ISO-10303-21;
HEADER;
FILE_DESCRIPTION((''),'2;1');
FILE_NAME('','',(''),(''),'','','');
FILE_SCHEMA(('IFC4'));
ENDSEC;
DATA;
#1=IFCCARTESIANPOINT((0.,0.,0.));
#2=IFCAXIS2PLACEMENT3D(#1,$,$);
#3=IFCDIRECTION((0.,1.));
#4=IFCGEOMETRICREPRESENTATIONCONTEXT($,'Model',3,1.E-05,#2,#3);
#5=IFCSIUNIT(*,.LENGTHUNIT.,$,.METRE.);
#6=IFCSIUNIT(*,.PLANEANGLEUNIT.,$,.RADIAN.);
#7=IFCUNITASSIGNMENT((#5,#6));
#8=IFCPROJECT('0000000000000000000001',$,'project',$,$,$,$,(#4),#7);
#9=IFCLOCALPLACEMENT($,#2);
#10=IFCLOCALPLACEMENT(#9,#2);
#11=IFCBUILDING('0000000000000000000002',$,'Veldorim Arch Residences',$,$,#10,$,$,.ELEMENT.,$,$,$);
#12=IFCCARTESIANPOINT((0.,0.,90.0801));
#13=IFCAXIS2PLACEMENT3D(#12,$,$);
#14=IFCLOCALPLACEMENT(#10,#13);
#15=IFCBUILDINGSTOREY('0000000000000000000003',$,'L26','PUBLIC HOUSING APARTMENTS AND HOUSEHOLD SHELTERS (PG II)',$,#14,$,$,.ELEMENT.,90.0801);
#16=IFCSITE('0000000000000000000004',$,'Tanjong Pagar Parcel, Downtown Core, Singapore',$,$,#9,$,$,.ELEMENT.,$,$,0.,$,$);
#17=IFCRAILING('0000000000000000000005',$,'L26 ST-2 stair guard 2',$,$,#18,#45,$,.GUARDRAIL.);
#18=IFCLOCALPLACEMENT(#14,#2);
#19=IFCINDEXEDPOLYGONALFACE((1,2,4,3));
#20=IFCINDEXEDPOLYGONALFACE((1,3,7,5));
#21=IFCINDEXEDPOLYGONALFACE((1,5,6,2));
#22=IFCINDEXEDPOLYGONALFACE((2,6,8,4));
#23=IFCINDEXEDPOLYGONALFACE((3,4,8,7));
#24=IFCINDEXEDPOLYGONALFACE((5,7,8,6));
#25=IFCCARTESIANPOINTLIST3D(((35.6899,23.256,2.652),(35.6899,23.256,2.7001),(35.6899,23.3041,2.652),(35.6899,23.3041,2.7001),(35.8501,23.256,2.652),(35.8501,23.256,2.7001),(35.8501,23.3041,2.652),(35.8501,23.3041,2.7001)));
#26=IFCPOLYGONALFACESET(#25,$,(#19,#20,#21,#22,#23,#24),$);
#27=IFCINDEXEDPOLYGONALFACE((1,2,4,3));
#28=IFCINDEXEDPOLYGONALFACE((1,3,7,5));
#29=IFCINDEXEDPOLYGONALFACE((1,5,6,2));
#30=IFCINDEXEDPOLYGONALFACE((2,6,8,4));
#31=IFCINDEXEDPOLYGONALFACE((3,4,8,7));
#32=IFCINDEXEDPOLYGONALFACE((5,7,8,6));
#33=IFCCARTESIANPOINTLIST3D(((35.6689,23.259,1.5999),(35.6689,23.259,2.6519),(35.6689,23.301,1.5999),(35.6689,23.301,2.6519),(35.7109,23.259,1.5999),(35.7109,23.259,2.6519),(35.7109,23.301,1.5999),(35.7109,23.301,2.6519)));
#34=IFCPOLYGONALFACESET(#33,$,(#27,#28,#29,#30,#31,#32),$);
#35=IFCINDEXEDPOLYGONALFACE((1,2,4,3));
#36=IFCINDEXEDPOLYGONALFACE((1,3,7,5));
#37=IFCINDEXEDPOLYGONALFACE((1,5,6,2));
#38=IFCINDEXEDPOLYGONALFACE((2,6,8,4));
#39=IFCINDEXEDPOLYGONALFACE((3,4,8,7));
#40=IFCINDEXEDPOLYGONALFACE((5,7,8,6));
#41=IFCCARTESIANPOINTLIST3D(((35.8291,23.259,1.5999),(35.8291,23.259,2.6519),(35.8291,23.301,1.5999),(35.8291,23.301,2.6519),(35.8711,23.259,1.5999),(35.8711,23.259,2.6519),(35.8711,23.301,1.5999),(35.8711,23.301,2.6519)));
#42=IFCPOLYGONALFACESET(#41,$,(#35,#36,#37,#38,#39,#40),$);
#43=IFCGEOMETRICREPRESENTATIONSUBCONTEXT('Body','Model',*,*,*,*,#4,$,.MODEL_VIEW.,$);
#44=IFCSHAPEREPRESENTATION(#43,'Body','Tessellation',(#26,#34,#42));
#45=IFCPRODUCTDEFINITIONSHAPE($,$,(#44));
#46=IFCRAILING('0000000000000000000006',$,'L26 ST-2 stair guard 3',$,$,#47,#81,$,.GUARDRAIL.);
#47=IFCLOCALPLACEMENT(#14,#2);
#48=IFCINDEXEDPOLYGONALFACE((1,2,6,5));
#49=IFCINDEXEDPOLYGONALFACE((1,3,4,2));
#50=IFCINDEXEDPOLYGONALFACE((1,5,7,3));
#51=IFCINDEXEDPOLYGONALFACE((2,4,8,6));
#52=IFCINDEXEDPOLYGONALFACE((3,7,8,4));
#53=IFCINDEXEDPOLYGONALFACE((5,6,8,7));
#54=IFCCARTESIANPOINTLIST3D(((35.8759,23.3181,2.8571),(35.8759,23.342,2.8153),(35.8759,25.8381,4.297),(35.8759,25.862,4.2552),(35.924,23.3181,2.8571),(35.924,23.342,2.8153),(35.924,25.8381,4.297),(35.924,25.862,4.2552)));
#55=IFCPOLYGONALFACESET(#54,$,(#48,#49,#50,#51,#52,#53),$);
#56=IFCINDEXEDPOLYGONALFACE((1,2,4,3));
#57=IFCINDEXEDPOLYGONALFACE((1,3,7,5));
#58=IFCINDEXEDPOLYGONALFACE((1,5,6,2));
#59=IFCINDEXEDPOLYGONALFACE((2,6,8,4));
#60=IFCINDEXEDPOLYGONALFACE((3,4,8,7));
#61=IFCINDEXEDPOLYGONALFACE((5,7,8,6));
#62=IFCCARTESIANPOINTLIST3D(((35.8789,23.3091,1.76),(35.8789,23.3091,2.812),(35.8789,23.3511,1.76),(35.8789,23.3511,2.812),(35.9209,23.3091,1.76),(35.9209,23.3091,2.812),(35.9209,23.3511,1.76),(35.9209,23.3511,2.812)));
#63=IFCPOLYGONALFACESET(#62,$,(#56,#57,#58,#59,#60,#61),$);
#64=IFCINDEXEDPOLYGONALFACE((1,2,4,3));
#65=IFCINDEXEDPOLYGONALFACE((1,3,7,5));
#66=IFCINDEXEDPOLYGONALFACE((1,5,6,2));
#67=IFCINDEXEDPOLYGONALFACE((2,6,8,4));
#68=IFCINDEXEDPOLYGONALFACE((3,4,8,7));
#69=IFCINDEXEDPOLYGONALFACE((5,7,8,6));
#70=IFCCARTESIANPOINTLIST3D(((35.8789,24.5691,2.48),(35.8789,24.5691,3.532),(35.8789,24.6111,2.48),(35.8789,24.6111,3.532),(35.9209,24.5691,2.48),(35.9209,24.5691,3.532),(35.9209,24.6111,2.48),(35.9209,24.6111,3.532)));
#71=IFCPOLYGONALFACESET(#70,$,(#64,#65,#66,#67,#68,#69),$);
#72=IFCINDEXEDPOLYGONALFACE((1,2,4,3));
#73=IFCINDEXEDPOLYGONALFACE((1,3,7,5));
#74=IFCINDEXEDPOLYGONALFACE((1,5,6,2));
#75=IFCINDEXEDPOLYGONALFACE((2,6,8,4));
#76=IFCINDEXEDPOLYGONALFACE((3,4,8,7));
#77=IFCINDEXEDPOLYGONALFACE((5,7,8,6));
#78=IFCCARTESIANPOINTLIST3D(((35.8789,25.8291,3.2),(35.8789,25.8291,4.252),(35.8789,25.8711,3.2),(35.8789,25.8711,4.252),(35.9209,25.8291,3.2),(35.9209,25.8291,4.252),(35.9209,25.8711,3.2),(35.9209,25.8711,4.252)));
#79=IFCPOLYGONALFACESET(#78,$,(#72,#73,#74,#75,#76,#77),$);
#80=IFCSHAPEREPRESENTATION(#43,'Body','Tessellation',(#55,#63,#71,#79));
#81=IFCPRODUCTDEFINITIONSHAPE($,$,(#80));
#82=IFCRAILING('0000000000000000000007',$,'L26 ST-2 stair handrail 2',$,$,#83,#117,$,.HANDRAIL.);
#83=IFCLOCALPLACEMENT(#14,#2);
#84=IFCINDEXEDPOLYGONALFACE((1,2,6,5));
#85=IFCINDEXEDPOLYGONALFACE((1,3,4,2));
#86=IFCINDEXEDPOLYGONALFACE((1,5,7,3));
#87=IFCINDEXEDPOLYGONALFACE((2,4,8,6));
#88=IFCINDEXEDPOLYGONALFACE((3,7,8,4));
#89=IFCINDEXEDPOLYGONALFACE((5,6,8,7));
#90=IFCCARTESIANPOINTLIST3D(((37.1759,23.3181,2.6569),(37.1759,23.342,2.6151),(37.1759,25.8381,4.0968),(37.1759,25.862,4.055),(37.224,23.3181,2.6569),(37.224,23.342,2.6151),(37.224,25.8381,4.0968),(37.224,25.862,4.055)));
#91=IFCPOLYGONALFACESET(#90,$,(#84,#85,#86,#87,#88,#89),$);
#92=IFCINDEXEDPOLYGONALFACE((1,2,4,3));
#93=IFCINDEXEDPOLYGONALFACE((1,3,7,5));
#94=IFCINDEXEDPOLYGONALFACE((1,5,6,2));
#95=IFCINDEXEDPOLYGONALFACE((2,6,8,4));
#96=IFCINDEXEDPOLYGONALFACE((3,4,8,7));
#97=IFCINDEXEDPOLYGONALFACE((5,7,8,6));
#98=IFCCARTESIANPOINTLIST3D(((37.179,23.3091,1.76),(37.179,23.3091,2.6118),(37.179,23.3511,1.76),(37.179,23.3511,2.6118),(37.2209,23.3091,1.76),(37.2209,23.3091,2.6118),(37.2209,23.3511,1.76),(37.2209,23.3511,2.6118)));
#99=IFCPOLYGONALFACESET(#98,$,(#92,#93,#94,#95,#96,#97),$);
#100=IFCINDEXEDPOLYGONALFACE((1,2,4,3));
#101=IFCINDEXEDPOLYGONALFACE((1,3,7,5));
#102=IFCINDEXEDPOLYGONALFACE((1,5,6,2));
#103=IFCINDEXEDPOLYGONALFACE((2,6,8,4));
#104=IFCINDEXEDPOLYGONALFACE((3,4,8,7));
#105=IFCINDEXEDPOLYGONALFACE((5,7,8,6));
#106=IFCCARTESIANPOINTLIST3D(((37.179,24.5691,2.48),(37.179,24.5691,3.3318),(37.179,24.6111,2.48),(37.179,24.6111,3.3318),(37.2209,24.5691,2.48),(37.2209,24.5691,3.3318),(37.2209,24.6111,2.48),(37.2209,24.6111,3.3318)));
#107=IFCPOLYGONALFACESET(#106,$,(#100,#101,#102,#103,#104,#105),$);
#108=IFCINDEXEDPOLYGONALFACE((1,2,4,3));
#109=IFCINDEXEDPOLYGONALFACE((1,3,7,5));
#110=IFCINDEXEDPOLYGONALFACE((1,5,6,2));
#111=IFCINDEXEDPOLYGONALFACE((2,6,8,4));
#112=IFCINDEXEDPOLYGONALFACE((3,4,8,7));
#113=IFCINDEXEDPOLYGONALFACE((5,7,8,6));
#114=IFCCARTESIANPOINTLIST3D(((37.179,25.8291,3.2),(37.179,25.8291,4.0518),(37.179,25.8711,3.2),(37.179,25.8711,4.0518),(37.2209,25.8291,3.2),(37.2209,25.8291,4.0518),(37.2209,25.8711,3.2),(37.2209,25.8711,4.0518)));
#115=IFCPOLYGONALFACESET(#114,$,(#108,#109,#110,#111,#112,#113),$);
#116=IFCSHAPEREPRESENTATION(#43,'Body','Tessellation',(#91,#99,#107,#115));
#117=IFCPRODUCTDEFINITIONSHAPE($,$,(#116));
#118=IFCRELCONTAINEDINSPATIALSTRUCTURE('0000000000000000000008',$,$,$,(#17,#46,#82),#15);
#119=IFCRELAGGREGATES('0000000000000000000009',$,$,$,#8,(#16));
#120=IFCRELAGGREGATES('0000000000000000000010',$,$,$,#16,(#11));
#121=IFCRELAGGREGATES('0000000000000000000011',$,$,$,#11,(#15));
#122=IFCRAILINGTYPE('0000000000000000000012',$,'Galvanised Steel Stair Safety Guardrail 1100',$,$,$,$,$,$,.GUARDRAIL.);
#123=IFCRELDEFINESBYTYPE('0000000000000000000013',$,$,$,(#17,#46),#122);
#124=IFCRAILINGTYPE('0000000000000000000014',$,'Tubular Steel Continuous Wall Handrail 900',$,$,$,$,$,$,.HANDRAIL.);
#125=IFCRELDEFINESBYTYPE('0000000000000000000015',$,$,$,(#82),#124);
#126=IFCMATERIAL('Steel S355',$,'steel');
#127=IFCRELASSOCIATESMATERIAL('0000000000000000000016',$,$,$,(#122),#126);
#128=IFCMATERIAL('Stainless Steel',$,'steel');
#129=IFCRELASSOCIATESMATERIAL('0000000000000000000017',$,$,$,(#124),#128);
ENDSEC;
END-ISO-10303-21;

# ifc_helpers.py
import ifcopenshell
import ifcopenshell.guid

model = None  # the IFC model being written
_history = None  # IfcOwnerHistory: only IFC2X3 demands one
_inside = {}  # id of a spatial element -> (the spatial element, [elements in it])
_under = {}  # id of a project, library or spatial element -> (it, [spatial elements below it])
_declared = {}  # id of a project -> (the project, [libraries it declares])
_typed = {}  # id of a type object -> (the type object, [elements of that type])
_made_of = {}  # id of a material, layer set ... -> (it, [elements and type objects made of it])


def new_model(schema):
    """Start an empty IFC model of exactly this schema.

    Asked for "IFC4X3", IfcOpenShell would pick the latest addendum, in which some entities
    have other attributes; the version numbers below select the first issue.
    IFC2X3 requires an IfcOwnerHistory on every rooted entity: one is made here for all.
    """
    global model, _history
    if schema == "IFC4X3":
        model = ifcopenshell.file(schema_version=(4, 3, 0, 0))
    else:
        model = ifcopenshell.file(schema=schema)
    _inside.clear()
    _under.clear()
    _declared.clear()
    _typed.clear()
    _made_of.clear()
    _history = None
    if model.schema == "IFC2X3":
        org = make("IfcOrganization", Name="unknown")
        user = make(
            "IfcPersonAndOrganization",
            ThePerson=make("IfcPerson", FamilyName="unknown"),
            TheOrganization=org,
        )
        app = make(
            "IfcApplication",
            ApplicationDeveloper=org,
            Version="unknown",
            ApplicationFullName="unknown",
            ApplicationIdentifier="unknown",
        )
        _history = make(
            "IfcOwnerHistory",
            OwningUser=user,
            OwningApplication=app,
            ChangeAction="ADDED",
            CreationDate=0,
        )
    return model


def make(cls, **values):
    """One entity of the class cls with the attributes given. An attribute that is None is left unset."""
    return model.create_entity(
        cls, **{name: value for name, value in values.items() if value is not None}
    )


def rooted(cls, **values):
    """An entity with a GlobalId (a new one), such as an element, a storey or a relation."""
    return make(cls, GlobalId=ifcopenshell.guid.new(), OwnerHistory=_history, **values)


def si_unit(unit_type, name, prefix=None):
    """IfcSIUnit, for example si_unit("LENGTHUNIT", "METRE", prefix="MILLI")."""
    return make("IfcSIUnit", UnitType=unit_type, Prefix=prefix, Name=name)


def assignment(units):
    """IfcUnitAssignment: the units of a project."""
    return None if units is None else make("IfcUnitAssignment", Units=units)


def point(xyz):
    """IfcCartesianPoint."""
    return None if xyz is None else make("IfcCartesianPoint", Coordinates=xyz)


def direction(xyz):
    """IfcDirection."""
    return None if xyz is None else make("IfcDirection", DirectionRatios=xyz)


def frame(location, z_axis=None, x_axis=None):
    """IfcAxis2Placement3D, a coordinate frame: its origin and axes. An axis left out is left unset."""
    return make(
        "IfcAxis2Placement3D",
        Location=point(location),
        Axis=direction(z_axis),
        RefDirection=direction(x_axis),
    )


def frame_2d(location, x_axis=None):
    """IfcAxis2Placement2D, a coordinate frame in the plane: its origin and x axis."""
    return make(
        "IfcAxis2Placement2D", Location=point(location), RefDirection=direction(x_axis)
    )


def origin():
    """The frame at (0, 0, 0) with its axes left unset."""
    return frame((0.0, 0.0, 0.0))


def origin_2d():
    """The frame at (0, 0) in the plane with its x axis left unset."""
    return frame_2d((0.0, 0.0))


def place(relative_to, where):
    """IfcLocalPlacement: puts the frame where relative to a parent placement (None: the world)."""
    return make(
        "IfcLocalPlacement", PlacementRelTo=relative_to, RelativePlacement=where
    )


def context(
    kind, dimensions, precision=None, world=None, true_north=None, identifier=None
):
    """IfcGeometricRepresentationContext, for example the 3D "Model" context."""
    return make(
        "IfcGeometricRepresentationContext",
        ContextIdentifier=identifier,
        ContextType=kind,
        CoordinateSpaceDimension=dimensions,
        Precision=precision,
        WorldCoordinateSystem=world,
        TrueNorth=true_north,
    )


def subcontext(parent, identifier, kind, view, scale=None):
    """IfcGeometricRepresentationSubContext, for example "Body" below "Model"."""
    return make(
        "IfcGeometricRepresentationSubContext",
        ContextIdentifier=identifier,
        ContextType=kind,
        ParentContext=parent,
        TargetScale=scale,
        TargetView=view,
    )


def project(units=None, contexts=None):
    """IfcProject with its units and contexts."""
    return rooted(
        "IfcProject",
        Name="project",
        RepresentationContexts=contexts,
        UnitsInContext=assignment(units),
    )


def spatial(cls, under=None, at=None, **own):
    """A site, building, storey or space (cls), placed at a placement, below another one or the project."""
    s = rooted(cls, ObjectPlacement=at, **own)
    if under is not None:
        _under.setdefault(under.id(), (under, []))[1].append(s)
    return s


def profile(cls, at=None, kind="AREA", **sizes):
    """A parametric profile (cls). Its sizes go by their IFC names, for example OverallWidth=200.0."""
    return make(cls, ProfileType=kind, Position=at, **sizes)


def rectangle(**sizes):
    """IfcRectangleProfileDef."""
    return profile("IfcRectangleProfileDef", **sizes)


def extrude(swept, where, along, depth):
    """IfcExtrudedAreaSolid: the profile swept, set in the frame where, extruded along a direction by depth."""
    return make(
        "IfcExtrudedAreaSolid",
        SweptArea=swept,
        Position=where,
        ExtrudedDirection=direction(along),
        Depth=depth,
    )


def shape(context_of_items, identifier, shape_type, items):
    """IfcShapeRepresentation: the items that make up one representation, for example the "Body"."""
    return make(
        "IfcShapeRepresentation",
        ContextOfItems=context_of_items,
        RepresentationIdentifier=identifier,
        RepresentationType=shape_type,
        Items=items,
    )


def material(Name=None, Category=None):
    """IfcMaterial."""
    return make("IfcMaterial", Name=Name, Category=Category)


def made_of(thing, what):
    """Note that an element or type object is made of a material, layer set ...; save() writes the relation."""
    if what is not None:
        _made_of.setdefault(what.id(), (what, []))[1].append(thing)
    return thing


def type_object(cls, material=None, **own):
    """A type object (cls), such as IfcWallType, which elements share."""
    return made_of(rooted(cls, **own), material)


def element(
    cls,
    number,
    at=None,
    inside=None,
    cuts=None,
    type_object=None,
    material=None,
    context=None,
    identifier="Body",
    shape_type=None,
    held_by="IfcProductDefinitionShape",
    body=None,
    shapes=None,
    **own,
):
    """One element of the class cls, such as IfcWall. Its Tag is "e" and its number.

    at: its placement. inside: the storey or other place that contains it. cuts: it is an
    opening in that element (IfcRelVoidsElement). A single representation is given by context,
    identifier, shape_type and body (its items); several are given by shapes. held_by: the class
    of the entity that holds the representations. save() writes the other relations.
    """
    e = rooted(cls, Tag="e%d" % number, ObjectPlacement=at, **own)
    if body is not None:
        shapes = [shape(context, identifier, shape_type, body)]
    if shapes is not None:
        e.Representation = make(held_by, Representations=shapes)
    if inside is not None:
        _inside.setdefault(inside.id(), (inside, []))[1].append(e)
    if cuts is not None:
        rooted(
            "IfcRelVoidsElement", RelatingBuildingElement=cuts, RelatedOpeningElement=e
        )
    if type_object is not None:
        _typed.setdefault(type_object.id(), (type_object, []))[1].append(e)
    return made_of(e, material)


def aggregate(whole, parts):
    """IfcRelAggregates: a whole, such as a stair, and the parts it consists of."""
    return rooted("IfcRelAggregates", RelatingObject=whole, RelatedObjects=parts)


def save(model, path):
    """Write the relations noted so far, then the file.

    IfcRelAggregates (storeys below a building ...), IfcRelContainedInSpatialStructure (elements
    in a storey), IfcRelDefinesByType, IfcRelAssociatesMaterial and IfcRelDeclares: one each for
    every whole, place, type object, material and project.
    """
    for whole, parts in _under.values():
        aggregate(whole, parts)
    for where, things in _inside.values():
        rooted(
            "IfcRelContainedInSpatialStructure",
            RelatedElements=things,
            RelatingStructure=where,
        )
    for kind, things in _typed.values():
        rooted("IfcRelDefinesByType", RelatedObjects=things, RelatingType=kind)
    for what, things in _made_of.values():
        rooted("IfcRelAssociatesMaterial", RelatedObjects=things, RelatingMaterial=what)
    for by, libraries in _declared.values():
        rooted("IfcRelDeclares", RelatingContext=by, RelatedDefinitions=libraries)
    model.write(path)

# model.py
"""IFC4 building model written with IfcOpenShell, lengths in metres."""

from ifc_helpers import new_model, si_unit, direction, frame, origin, origin_2d, place, context, subcontext, project, spatial, rectangle, extrude, material, type_object, element, save


model = new_model("IFC4")

# Units and contexts
model_context = context("Model", 3, precision=1e-05, world=origin(), true_north=direction((0.0, 1.0)))
body_context = subcontext(model_context, "Body", "Model", "MODEL_VIEW")
ifc_project = project(units=[si_unit("LENGTHUNIT", "METRE"), si_unit("PLANEANGLEUNIT", "RADIAN")], contexts=[model_context])

# Site, building, storey
site_placement = place(None, origin())
site = spatial("IfcSite", under=ifc_project, at=site_placement, Name="Tanjong Pagar Parcel, Downtown Core, Singapore", CompositionType="ELEMENT", RefElevation=0.0)
building_placement = place(site_placement, origin())
building = spatial("IfcBuilding", under=site, at=building_placement, Name="Veldorim Arch Residences", CompositionType="ELEMENT")
storey_placement = place(building_placement, frame((0.0, 0.0, 90.0801)))
storey = spatial("IfcBuildingStorey", under=building, at=storey_placement, Name="L26", Description="PUBLIC HOUSING APARTMENTS AND HOUSEHOLD SHELTERS (PG II)", CompositionType="ELEMENT", Elevation=90.0801)

# Railings
ifc_material_1 = material(Name="Steel S355", Category="steel")
railing_type_1 = type_object("IfcRailingType", Name="Galvanised Steel Stair Safety Guardrail 1100", PredefinedType="GUARDRAIL", material=ifc_material_1)
railing_1_placement = place(storey_placement, frame((35.6899, 23.28, 1.5999)))
element("IfcRailing", 1, at=railing_1_placement, inside=storey, type_object=railing_type_1, Name="L26 ST-2 stair guard 2", PredefinedType="GUARDRAIL", context=body_context, shape_type="SweptSolid", body=[
    extrude(rectangle(XDim=0.0481, YDim=0.0481, at=origin_2d()), frame((0.0, 0.0, 1.0762), z_axis=(1.0, 0.0, 0.0), x_axis=(0.0, 1.0, 0.0)), (0.0, 0.0, 1.0), 0.1602),
    extrude(rectangle(XDim=0.042, YDim=0.042, at=origin_2d()), origin(), (0.0, 0.0, 1.0), 1.052),
    extrude(rectangle(XDim=0.042, YDim=0.042, at=origin_2d()), frame((0.1602, 0.0, 0.0)), (0.0, 0.0, 1.0), 1.052),
])
railing_2_placement = place(storey_placement, frame((35.8999, 23.3301, 1.76)))
element("IfcRailing", 2, at=railing_2_placement, inside=storey, type_object=railing_type_1, Name="L26 ST-2 stair guard 3", PredefinedType="GUARDRAIL", context=body_context, shape_type="SweptSolid", body=[
    extrude(rectangle(XDim=0.0481, YDim=0.0481, at=origin_2d()), frame((0.0, 0.0, 1.0762), z_axis=(0.0, 0.868253, 0.496121), x_axis=(-1.0, 0.0, 0.0)), (0.0, 0.0, 1.0), 2.9023),
    extrude(rectangle(XDim=0.042, YDim=0.042, at=origin_2d()), origin(), (0.0, 0.0, 1.0), 1.052),
    extrude(rectangle(XDim=0.042, YDim=0.042, at=origin_2d()), frame((0.0, 1.26, 0.72)), (0.0, 0.0, 1.0), 1.052),
    extrude(rectangle(XDim=0.042, YDim=0.042, at=origin_2d()), frame((0.0, 2.52, 1.4399)), (0.0, 0.0, 1.0), 1.052),
])
ifc_material_2 = material(Name="Stainless Steel", Category="steel")
railing_type_2 = type_object("IfcRailingType", Name="Tubular Steel Continuous Wall Handrail 900", PredefinedType="HANDRAIL", material=ifc_material_2)
railing_3_placement = place(storey_placement, frame((37.2, 23.3301, 1.76)))
element("IfcRailing", 3, at=railing_3_placement, inside=storey, type_object=railing_type_2, Name="L26 ST-2 stair handrail 2", PredefinedType="HANDRAIL", context=body_context, shape_type="SweptSolid", body=[
    extrude(rectangle(XDim=0.0481, YDim=0.0481, at=origin_2d()), frame((0.0, 0.0, 0.876), z_axis=(0.0, 0.868253, 0.496121), x_axis=(-1.0, 0.0, 0.0)), (0.0, 0.0, 1.0), 2.9023),
    extrude(rectangle(XDim=0.042, YDim=0.042, at=origin_2d()), origin(), (0.0, 0.0, 1.0), 0.8518),
    extrude(rectangle(XDim=0.042, YDim=0.042, at=origin_2d()), frame((0.0, 1.26, 0.72)), (0.0, 0.0, 1.0), 0.8518),
    extrude(rectangle(XDim=0.042, YDim=0.042, at=origin_2d()), frame((0.0, 2.52, 1.4399)), (0.0, 0.0, 1.0), 0.8518),
])

save(model, "model.ifc")
